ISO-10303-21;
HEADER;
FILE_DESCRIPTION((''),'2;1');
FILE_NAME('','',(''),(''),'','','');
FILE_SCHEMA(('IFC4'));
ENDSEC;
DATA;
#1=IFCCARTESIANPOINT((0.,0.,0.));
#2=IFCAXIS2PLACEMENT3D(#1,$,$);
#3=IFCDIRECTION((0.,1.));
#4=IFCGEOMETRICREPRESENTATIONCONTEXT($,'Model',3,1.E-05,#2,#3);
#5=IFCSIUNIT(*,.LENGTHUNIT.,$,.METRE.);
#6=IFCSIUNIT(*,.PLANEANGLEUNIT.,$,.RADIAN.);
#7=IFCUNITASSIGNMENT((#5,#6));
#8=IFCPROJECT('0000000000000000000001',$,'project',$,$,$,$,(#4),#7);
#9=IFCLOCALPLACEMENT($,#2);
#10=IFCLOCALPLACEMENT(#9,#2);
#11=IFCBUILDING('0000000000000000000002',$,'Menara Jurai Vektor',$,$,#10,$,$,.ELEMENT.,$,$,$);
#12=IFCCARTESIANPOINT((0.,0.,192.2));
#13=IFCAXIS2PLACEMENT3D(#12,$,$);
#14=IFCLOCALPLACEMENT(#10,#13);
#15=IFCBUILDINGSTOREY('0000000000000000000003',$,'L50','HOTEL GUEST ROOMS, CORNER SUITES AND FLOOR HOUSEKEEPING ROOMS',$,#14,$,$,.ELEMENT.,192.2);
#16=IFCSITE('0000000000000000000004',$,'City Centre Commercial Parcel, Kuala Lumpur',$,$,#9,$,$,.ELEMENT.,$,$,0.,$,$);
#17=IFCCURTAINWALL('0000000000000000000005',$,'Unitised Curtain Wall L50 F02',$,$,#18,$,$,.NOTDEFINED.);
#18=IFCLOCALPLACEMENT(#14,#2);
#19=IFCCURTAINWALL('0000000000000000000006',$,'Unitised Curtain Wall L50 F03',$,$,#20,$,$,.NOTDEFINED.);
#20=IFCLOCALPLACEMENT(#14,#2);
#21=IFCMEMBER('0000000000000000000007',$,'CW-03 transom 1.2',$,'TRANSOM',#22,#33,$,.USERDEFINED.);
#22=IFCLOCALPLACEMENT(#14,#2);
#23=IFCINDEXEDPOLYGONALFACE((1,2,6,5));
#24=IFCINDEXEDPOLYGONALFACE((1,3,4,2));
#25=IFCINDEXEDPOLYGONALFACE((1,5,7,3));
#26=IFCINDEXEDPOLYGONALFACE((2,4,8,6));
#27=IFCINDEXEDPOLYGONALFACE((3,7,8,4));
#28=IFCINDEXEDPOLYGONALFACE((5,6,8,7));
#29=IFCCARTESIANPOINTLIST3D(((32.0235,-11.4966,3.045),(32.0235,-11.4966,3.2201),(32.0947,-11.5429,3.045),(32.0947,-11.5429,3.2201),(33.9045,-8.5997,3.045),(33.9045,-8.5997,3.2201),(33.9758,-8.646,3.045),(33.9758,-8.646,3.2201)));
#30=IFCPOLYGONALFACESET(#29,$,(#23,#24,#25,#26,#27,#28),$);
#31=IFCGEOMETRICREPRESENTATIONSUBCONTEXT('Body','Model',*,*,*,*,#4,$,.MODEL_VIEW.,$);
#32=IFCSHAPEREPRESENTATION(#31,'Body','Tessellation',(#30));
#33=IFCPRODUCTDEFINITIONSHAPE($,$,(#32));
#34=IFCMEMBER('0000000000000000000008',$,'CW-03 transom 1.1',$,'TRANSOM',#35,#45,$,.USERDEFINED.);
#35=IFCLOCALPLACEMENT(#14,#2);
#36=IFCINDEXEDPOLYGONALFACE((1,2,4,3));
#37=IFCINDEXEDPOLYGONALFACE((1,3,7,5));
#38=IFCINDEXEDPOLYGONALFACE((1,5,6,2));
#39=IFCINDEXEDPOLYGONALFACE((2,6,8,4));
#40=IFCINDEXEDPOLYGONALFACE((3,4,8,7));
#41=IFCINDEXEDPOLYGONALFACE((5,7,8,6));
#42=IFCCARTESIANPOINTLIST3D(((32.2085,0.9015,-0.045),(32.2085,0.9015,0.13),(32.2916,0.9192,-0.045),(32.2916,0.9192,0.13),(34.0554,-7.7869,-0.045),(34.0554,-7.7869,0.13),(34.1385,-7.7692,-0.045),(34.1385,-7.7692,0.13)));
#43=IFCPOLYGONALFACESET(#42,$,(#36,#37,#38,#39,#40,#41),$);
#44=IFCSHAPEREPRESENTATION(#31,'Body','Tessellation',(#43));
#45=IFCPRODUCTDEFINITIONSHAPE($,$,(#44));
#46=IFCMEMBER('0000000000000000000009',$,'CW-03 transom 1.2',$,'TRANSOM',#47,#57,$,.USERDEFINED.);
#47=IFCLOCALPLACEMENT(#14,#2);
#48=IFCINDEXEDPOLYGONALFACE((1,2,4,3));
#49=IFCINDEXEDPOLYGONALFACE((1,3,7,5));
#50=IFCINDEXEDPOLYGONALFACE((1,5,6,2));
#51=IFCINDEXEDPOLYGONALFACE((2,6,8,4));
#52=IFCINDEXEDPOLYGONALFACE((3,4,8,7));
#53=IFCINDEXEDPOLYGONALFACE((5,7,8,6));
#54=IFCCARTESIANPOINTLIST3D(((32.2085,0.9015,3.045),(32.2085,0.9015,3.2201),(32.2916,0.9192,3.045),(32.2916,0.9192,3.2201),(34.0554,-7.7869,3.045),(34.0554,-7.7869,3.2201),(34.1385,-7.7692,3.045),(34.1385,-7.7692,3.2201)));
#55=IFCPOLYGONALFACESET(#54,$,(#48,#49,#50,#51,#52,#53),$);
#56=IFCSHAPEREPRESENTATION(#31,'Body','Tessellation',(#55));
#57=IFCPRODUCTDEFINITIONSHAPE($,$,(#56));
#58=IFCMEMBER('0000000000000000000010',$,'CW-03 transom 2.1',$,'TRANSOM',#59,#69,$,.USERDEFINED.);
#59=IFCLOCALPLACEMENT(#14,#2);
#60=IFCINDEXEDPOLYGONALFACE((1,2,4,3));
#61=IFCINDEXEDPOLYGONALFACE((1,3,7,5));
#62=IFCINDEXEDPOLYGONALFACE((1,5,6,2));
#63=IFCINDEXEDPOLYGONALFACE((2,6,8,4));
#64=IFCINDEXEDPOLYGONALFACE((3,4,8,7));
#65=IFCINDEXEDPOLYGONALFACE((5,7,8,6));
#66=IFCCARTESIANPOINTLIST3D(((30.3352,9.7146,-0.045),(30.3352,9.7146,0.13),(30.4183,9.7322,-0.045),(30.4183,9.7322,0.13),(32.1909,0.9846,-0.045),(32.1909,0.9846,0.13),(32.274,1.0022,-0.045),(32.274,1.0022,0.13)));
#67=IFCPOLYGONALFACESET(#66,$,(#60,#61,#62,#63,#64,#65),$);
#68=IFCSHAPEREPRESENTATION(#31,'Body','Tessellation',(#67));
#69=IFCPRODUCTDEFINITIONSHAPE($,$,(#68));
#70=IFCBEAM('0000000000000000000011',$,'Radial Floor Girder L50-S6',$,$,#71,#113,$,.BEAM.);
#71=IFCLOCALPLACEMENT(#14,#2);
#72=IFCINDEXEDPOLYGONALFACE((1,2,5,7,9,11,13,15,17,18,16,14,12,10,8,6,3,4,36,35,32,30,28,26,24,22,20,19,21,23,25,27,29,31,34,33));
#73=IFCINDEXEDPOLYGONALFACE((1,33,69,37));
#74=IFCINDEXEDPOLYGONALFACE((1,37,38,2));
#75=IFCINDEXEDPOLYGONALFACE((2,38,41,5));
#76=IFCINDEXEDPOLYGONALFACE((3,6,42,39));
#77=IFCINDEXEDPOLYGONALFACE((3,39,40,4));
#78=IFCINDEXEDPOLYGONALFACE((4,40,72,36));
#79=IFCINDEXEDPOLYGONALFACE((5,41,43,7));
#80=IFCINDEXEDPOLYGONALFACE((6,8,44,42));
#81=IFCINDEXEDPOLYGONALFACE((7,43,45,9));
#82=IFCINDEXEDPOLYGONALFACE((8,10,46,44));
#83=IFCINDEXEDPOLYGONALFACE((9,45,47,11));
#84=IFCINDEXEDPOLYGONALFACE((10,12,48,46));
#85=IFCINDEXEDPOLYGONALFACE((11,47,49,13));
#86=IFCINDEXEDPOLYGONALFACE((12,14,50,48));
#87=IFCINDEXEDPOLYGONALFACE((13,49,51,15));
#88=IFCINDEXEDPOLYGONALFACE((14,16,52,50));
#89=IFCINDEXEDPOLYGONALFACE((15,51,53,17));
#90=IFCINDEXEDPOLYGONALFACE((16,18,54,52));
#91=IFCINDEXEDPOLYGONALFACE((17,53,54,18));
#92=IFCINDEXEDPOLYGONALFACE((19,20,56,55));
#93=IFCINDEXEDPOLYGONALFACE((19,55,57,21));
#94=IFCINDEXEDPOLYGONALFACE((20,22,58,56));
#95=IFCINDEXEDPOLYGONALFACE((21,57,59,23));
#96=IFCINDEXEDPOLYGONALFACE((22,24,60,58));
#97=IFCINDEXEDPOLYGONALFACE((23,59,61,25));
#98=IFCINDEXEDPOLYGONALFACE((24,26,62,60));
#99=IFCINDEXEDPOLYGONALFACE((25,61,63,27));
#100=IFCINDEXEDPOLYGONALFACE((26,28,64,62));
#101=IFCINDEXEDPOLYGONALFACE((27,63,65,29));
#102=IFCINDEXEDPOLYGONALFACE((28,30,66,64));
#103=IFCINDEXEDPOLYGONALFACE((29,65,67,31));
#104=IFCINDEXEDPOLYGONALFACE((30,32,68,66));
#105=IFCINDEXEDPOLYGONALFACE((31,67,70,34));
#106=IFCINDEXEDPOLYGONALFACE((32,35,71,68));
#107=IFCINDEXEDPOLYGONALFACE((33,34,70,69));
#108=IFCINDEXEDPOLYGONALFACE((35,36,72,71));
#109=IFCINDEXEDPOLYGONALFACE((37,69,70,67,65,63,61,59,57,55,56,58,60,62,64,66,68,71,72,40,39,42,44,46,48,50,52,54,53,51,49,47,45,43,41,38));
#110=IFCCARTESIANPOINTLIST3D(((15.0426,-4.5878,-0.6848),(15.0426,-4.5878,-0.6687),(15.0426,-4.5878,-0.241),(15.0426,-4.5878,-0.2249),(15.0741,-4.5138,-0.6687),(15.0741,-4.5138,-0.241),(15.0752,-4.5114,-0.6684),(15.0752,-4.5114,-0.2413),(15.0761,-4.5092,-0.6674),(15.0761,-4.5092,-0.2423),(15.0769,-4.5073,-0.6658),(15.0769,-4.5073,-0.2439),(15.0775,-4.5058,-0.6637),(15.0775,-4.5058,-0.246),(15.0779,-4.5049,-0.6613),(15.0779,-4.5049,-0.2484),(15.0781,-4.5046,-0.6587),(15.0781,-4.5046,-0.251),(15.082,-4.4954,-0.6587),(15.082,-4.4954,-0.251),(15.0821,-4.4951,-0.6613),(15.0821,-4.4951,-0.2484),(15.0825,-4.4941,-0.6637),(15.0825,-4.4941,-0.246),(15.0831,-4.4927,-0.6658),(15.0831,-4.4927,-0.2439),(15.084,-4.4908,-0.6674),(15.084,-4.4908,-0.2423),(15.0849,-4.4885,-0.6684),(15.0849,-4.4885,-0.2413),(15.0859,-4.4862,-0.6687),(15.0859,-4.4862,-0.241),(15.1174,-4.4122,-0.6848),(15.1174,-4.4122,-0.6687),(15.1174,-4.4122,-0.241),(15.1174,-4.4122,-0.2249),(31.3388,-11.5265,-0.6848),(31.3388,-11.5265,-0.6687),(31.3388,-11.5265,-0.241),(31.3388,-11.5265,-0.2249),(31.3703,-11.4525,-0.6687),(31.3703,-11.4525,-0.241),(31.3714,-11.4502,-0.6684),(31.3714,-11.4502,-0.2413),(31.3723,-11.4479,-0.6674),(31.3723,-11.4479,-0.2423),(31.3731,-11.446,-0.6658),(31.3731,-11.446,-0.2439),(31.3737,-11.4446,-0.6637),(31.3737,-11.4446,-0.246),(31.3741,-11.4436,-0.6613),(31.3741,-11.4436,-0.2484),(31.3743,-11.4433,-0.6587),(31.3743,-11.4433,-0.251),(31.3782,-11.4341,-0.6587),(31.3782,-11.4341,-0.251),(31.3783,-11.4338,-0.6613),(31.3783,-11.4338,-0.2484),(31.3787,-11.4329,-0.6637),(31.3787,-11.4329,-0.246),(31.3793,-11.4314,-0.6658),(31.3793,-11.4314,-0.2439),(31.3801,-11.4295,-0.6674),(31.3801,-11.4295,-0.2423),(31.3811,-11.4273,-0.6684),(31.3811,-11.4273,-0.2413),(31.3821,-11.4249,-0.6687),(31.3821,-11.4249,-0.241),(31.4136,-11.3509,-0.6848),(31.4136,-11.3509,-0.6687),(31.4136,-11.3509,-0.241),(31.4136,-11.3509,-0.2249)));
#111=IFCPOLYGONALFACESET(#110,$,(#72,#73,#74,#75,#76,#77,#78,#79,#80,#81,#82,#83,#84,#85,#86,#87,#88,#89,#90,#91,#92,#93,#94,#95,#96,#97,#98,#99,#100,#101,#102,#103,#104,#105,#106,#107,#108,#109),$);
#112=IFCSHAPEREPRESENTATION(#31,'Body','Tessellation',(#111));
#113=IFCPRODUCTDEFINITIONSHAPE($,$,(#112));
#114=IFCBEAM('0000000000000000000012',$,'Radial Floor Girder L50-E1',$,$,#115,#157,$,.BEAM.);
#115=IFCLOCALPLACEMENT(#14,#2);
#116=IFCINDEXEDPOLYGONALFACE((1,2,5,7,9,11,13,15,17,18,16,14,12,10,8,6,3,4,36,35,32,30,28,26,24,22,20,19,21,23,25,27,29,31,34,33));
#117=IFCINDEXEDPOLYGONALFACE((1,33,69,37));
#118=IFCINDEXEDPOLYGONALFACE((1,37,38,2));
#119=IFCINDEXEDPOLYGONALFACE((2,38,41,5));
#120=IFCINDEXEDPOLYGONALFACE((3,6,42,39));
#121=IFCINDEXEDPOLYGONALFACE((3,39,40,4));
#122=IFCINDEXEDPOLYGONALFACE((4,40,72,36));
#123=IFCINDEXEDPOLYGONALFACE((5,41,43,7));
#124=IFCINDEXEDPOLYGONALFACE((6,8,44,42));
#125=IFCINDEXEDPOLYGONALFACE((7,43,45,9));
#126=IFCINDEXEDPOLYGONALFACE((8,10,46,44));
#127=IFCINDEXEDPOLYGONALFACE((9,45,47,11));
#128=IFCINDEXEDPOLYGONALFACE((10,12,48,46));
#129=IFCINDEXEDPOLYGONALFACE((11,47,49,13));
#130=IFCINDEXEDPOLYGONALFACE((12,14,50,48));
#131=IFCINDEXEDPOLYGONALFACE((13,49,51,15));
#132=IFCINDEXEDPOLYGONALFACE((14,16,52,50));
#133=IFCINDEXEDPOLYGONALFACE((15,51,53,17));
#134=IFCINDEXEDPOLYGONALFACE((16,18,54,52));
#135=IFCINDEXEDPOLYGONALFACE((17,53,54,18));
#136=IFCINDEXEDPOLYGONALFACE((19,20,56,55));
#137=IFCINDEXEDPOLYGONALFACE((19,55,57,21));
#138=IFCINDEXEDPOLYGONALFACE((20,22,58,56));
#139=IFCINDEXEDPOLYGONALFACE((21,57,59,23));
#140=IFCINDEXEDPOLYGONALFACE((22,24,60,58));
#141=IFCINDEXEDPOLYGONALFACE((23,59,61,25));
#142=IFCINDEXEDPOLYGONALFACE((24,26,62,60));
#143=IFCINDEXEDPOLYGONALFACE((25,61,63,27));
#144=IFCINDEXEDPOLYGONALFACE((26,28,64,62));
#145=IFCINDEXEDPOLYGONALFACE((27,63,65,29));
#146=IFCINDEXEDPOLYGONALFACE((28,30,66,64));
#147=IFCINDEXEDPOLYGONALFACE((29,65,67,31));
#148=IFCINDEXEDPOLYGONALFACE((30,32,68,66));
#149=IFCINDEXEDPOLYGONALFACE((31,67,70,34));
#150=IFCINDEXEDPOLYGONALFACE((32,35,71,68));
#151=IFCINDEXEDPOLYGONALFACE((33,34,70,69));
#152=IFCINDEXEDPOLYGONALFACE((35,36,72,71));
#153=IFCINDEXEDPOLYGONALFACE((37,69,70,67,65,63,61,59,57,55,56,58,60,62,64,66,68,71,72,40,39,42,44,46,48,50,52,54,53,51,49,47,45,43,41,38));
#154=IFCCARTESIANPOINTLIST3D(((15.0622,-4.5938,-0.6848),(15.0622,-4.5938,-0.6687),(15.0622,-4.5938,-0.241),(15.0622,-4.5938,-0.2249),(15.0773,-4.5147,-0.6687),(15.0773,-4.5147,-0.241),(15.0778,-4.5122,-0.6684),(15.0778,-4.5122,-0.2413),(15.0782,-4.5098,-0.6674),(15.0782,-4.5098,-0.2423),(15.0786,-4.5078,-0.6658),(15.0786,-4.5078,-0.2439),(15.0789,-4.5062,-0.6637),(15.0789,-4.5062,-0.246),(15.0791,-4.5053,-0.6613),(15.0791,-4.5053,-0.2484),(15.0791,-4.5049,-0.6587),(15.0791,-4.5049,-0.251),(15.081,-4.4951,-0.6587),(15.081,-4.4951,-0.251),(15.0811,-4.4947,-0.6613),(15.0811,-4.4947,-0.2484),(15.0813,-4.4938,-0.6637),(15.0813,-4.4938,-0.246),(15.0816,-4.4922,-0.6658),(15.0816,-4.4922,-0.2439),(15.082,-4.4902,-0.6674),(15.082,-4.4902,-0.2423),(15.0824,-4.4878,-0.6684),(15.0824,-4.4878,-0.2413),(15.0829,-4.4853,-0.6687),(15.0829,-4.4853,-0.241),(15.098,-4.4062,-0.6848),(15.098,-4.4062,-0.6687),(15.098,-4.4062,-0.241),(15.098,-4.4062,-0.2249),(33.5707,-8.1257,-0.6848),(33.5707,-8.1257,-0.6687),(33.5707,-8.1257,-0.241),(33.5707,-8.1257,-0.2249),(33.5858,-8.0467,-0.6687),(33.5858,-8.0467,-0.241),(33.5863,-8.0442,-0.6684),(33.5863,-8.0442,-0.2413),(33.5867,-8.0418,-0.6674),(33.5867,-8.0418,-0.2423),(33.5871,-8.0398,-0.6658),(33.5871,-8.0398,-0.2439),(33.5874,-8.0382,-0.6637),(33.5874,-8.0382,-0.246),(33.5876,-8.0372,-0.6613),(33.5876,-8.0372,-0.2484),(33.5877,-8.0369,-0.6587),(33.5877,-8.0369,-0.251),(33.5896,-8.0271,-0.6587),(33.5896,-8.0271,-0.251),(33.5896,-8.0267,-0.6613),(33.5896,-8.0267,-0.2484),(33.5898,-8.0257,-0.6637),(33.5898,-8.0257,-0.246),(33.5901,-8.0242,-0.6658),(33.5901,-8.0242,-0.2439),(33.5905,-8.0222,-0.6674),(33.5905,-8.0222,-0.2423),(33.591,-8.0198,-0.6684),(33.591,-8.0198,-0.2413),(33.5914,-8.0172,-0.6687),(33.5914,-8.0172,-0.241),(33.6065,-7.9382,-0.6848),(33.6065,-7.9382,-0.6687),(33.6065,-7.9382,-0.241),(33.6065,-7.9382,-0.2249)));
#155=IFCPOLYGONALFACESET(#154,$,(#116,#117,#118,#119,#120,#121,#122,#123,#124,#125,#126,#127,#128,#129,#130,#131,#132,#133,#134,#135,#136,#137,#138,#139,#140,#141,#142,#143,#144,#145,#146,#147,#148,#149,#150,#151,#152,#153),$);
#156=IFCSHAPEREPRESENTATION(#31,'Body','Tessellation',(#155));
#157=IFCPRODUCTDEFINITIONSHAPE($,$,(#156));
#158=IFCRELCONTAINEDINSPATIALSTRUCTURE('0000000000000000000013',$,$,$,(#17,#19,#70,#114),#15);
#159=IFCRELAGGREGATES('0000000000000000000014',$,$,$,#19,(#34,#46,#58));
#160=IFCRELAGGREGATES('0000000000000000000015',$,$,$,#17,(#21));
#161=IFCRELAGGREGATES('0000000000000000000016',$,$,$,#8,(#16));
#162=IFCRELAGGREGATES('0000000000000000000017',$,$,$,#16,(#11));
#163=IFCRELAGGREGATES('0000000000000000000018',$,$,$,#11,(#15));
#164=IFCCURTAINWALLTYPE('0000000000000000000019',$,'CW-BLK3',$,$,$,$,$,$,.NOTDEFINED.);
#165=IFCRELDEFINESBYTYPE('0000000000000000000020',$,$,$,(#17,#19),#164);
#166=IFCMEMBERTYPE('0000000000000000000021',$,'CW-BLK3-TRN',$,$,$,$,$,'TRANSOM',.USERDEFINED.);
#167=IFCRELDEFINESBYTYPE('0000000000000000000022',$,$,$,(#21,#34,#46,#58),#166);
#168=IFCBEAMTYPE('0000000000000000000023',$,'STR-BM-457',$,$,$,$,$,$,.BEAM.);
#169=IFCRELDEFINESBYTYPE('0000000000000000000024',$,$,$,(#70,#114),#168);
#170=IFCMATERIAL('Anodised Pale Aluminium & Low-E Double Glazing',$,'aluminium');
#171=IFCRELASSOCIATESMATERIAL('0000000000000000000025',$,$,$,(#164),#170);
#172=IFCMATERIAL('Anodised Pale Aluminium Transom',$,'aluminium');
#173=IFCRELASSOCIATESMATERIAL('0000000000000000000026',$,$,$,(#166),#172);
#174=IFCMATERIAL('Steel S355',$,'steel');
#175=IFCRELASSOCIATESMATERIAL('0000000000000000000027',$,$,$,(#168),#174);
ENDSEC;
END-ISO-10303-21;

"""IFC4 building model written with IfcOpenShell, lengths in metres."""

from ifc_helpers import new_model, si_unit, direction, frame, origin, origin_2d, place, context, subcontext, project, spatial, rectangle, i_section, extrude, material, material_profile, profile_set, type_object, element, aggregate, save


model = new_model("IFC4")

# Units and contexts
model_context = context("Model", 3, precision=1e-05, world=origin(), true_north=direction((0.0, 1.0)))
body_context = subcontext(model_context, "Body", "Model", "MODEL_VIEW")
ifc_project = project(units=[si_unit("LENGTHUNIT", "METRE"), si_unit("PLANEANGLEUNIT", "RADIAN")], contexts=[model_context])

# Site, building, storey
site_placement = place(None, origin())
site = spatial("IfcSite", under=ifc_project, at=site_placement, Name="City Centre Commercial Parcel, Kuala Lumpur", CompositionType="ELEMENT", RefElevation=0.0)
building_placement = place(site_placement, origin())
building = spatial("IfcBuilding", under=site, at=building_placement, Name="Menara Jurai Vektor", CompositionType="ELEMENT")
storey_placement = place(building_placement, frame((0.0, 0.0, 192.2)))
storey = spatial("IfcBuildingStorey", under=building, at=storey_placement, Name="L50", Description="HOTEL GUEST ROOMS, CORNER SUITES AND FLOOR HOUSEKEEPING ROOMS", CompositionType="ELEMENT", Elevation=192.2)

# Shared definitions
ifc_material_1 = material(Name="Anodised Pale Aluminium & Low-E Double Glazing", Category="aluminium")
curtain_wall_type = type_object("IfcCurtainWallType", Name="CW-BLK3", PredefinedType="NOTDEFINED", material=ifc_material_1)

# Curtain walls
curtain_wall_1_placement = place(storey_placement, origin())
curtain_wall_1 = element("IfcCurtainWall", 1, at=curtain_wall_1_placement, inside=storey, type_object=curtain_wall_type, Name="Unitised Curtain Wall L50 F02", PredefinedType="NOTDEFINED")
curtain_wall_2_placement = place(storey_placement, origin())
curtain_wall_2 = element("IfcCurtainWall", 2, at=curtain_wall_2_placement, inside=storey, type_object=curtain_wall_type, Name="Unitised Curtain Wall L50 F03", PredefinedType="NOTDEFINED")

# Members
ifc_material_2 = material(Name="Anodised Pale Aluminium Transom", Category="aluminium")
ifc_material_profile_1 = material_profile(ifc_material_2, rectangle(XDim=0.085, YDim=0.175, at=origin_2d()), Name="ALU TRN 85x175")
ifc_profile_set_1 = profile_set([ifc_material_profile_1], Name="Anodised Pale Aluminium Transom")
member_type_1 = type_object("IfcMemberType", Name="CW-BLK3-TRN", ElementType="TRANSOM", PredefinedType="USERDEFINED", material=ifc_profile_set_1)
member_1_placement = place(storey_placement, frame((32.0591, -11.5198, 3.1326), z_axis=(0.544596, 0.838699, 0.0), x_axis=(-0.838699, 0.544596, 0.0)))
member_1 = element("IfcMember", 3, at=member_1_placement, type_object=member_type_1, Name="CW-03 transom 1.2", ObjectType="TRANSOM", PredefinedType="USERDEFINED", context=body_context, shape_type="SweptSolid", body=[
    extrude(rectangle(XDim=0.085, YDim=0.175, at=origin_2d()), origin(), (0.0, 0.0, 1.0), 3.4541),
])
member_2_placement = place(storey_placement, frame((34.0969, -7.7781, 0.0425), z_axis=(-0.207926, 0.978145, 0.0), x_axis=(-0.978145, -0.207926, 0.0)))
member_2 = element("IfcMember", 4, at=member_2_placement, type_object=member_type_1, Name="CW-03 transom 1.1", ObjectType="TRANSOM", PredefinedType="USERDEFINED", context=body_context, shape_type="SweptSolid", body=[
    extrude(rectangle(XDim=0.085, YDim=0.175, at=origin_2d()), origin(), (0.0, 0.0, 1.0), 8.8826),
])
member_3_placement = place(storey_placement, frame((34.0969, -7.7781, 3.1326), z_axis=(-0.207926, 0.978145, 0.0), x_axis=(-0.978145, -0.207926, 0.0)))
member_3 = element("IfcMember", 5, at=member_3_placement, type_object=member_type_1, Name="CW-03 transom 1.2", ObjectType="TRANSOM", PredefinedType="USERDEFINED", context=body_context, shape_type="SweptSolid", body=[
    extrude(rectangle(XDim=0.085, YDim=0.175, at=origin_2d()), origin(), (0.0, 0.0, 1.0), 8.8826),
])
member_4_placement = place(storey_placement, frame((32.2324, 0.9934, 0.0425), z_axis=(-0.207922, 0.978145, 0.0), x_axis=(-0.978145, -0.207922, 0.0)))
member_4 = element("IfcMember", 6, at=member_4_placement, type_object=member_type_1, Name="CW-03 transom 2.1", ObjectType="TRANSOM", PredefinedType="USERDEFINED", context=body_context, shape_type="SweptSolid", body=[
    extrude(rectangle(XDim=0.085, YDim=0.175, at=origin_2d()), origin(), (0.0, 0.0, 1.0), 8.925),
])

# Beams
ifc_material_3 = material(Name="Steel S355", Category="steel")
ifc_material_profile_2 = material_profile(ifc_material_3, i_section(OverallWidth=0.1909, OverallDepth=0.46, WebThickness=0.01, FlangeThickness=0.0161, FilletRadius=0.01, at=origin_2d()), Name="UKB 457x191x82")
ifc_profile_set_2 = profile_set([ifc_material_profile_2], Name="Steel S355")
beam_type_1 = type_object("IfcBeamType", Name="STR-BM-457", PredefinedType="BEAM", material=ifc_profile_set_2)
beam_1_placement = place(storey_placement, frame((31.3762, -11.4387, -0.4548), z_axis=(-0.920069, 0.391756, 0.0), x_axis=(-0.391756, -0.920069, 0.0)))
element("IfcBeam", 7, at=beam_1_placement, inside=storey, type_object=beam_type_1, Name="Radial Floor Girder L50-S6", PredefinedType="BEAM", context=body_context, shape_type="SweptSolid", body=[
    extrude(i_section(OverallWidth=0.1909, OverallDepth=0.46, WebThickness=0.01, FlangeThickness=0.0161, FilletRadius=0.01, at=origin_2d()), origin(), (0.0, 0.0, 1.0), 17.7119),
])
beam_2_placement = place(storey_placement, frame((33.5886, -8.032, -0.4548), z_axis=(-0.982275, 0.187447, 0.0), x_axis=(-0.187447, -0.982275, 0.0)))
element("IfcBeam", 8, at=beam_2_placement, inside=storey, type_object=beam_type_1, Name="Radial Floor Girder L50-E1", PredefinedType="BEAM", context=body_context, shape_type="SweptSolid", body=[
    extrude(i_section(OverallWidth=0.1909, OverallDepth=0.46, WebThickness=0.01, FlangeThickness=0.0161, FilletRadius=0.01, at=origin_2d()), origin(), (0.0, 0.0, 1.0), 18.8425),
])

aggregate(curtain_wall_2, [member_2, member_3, member_4])
aggregate(curtain_wall_1, [member_1])

save(model, "model.ifc")
